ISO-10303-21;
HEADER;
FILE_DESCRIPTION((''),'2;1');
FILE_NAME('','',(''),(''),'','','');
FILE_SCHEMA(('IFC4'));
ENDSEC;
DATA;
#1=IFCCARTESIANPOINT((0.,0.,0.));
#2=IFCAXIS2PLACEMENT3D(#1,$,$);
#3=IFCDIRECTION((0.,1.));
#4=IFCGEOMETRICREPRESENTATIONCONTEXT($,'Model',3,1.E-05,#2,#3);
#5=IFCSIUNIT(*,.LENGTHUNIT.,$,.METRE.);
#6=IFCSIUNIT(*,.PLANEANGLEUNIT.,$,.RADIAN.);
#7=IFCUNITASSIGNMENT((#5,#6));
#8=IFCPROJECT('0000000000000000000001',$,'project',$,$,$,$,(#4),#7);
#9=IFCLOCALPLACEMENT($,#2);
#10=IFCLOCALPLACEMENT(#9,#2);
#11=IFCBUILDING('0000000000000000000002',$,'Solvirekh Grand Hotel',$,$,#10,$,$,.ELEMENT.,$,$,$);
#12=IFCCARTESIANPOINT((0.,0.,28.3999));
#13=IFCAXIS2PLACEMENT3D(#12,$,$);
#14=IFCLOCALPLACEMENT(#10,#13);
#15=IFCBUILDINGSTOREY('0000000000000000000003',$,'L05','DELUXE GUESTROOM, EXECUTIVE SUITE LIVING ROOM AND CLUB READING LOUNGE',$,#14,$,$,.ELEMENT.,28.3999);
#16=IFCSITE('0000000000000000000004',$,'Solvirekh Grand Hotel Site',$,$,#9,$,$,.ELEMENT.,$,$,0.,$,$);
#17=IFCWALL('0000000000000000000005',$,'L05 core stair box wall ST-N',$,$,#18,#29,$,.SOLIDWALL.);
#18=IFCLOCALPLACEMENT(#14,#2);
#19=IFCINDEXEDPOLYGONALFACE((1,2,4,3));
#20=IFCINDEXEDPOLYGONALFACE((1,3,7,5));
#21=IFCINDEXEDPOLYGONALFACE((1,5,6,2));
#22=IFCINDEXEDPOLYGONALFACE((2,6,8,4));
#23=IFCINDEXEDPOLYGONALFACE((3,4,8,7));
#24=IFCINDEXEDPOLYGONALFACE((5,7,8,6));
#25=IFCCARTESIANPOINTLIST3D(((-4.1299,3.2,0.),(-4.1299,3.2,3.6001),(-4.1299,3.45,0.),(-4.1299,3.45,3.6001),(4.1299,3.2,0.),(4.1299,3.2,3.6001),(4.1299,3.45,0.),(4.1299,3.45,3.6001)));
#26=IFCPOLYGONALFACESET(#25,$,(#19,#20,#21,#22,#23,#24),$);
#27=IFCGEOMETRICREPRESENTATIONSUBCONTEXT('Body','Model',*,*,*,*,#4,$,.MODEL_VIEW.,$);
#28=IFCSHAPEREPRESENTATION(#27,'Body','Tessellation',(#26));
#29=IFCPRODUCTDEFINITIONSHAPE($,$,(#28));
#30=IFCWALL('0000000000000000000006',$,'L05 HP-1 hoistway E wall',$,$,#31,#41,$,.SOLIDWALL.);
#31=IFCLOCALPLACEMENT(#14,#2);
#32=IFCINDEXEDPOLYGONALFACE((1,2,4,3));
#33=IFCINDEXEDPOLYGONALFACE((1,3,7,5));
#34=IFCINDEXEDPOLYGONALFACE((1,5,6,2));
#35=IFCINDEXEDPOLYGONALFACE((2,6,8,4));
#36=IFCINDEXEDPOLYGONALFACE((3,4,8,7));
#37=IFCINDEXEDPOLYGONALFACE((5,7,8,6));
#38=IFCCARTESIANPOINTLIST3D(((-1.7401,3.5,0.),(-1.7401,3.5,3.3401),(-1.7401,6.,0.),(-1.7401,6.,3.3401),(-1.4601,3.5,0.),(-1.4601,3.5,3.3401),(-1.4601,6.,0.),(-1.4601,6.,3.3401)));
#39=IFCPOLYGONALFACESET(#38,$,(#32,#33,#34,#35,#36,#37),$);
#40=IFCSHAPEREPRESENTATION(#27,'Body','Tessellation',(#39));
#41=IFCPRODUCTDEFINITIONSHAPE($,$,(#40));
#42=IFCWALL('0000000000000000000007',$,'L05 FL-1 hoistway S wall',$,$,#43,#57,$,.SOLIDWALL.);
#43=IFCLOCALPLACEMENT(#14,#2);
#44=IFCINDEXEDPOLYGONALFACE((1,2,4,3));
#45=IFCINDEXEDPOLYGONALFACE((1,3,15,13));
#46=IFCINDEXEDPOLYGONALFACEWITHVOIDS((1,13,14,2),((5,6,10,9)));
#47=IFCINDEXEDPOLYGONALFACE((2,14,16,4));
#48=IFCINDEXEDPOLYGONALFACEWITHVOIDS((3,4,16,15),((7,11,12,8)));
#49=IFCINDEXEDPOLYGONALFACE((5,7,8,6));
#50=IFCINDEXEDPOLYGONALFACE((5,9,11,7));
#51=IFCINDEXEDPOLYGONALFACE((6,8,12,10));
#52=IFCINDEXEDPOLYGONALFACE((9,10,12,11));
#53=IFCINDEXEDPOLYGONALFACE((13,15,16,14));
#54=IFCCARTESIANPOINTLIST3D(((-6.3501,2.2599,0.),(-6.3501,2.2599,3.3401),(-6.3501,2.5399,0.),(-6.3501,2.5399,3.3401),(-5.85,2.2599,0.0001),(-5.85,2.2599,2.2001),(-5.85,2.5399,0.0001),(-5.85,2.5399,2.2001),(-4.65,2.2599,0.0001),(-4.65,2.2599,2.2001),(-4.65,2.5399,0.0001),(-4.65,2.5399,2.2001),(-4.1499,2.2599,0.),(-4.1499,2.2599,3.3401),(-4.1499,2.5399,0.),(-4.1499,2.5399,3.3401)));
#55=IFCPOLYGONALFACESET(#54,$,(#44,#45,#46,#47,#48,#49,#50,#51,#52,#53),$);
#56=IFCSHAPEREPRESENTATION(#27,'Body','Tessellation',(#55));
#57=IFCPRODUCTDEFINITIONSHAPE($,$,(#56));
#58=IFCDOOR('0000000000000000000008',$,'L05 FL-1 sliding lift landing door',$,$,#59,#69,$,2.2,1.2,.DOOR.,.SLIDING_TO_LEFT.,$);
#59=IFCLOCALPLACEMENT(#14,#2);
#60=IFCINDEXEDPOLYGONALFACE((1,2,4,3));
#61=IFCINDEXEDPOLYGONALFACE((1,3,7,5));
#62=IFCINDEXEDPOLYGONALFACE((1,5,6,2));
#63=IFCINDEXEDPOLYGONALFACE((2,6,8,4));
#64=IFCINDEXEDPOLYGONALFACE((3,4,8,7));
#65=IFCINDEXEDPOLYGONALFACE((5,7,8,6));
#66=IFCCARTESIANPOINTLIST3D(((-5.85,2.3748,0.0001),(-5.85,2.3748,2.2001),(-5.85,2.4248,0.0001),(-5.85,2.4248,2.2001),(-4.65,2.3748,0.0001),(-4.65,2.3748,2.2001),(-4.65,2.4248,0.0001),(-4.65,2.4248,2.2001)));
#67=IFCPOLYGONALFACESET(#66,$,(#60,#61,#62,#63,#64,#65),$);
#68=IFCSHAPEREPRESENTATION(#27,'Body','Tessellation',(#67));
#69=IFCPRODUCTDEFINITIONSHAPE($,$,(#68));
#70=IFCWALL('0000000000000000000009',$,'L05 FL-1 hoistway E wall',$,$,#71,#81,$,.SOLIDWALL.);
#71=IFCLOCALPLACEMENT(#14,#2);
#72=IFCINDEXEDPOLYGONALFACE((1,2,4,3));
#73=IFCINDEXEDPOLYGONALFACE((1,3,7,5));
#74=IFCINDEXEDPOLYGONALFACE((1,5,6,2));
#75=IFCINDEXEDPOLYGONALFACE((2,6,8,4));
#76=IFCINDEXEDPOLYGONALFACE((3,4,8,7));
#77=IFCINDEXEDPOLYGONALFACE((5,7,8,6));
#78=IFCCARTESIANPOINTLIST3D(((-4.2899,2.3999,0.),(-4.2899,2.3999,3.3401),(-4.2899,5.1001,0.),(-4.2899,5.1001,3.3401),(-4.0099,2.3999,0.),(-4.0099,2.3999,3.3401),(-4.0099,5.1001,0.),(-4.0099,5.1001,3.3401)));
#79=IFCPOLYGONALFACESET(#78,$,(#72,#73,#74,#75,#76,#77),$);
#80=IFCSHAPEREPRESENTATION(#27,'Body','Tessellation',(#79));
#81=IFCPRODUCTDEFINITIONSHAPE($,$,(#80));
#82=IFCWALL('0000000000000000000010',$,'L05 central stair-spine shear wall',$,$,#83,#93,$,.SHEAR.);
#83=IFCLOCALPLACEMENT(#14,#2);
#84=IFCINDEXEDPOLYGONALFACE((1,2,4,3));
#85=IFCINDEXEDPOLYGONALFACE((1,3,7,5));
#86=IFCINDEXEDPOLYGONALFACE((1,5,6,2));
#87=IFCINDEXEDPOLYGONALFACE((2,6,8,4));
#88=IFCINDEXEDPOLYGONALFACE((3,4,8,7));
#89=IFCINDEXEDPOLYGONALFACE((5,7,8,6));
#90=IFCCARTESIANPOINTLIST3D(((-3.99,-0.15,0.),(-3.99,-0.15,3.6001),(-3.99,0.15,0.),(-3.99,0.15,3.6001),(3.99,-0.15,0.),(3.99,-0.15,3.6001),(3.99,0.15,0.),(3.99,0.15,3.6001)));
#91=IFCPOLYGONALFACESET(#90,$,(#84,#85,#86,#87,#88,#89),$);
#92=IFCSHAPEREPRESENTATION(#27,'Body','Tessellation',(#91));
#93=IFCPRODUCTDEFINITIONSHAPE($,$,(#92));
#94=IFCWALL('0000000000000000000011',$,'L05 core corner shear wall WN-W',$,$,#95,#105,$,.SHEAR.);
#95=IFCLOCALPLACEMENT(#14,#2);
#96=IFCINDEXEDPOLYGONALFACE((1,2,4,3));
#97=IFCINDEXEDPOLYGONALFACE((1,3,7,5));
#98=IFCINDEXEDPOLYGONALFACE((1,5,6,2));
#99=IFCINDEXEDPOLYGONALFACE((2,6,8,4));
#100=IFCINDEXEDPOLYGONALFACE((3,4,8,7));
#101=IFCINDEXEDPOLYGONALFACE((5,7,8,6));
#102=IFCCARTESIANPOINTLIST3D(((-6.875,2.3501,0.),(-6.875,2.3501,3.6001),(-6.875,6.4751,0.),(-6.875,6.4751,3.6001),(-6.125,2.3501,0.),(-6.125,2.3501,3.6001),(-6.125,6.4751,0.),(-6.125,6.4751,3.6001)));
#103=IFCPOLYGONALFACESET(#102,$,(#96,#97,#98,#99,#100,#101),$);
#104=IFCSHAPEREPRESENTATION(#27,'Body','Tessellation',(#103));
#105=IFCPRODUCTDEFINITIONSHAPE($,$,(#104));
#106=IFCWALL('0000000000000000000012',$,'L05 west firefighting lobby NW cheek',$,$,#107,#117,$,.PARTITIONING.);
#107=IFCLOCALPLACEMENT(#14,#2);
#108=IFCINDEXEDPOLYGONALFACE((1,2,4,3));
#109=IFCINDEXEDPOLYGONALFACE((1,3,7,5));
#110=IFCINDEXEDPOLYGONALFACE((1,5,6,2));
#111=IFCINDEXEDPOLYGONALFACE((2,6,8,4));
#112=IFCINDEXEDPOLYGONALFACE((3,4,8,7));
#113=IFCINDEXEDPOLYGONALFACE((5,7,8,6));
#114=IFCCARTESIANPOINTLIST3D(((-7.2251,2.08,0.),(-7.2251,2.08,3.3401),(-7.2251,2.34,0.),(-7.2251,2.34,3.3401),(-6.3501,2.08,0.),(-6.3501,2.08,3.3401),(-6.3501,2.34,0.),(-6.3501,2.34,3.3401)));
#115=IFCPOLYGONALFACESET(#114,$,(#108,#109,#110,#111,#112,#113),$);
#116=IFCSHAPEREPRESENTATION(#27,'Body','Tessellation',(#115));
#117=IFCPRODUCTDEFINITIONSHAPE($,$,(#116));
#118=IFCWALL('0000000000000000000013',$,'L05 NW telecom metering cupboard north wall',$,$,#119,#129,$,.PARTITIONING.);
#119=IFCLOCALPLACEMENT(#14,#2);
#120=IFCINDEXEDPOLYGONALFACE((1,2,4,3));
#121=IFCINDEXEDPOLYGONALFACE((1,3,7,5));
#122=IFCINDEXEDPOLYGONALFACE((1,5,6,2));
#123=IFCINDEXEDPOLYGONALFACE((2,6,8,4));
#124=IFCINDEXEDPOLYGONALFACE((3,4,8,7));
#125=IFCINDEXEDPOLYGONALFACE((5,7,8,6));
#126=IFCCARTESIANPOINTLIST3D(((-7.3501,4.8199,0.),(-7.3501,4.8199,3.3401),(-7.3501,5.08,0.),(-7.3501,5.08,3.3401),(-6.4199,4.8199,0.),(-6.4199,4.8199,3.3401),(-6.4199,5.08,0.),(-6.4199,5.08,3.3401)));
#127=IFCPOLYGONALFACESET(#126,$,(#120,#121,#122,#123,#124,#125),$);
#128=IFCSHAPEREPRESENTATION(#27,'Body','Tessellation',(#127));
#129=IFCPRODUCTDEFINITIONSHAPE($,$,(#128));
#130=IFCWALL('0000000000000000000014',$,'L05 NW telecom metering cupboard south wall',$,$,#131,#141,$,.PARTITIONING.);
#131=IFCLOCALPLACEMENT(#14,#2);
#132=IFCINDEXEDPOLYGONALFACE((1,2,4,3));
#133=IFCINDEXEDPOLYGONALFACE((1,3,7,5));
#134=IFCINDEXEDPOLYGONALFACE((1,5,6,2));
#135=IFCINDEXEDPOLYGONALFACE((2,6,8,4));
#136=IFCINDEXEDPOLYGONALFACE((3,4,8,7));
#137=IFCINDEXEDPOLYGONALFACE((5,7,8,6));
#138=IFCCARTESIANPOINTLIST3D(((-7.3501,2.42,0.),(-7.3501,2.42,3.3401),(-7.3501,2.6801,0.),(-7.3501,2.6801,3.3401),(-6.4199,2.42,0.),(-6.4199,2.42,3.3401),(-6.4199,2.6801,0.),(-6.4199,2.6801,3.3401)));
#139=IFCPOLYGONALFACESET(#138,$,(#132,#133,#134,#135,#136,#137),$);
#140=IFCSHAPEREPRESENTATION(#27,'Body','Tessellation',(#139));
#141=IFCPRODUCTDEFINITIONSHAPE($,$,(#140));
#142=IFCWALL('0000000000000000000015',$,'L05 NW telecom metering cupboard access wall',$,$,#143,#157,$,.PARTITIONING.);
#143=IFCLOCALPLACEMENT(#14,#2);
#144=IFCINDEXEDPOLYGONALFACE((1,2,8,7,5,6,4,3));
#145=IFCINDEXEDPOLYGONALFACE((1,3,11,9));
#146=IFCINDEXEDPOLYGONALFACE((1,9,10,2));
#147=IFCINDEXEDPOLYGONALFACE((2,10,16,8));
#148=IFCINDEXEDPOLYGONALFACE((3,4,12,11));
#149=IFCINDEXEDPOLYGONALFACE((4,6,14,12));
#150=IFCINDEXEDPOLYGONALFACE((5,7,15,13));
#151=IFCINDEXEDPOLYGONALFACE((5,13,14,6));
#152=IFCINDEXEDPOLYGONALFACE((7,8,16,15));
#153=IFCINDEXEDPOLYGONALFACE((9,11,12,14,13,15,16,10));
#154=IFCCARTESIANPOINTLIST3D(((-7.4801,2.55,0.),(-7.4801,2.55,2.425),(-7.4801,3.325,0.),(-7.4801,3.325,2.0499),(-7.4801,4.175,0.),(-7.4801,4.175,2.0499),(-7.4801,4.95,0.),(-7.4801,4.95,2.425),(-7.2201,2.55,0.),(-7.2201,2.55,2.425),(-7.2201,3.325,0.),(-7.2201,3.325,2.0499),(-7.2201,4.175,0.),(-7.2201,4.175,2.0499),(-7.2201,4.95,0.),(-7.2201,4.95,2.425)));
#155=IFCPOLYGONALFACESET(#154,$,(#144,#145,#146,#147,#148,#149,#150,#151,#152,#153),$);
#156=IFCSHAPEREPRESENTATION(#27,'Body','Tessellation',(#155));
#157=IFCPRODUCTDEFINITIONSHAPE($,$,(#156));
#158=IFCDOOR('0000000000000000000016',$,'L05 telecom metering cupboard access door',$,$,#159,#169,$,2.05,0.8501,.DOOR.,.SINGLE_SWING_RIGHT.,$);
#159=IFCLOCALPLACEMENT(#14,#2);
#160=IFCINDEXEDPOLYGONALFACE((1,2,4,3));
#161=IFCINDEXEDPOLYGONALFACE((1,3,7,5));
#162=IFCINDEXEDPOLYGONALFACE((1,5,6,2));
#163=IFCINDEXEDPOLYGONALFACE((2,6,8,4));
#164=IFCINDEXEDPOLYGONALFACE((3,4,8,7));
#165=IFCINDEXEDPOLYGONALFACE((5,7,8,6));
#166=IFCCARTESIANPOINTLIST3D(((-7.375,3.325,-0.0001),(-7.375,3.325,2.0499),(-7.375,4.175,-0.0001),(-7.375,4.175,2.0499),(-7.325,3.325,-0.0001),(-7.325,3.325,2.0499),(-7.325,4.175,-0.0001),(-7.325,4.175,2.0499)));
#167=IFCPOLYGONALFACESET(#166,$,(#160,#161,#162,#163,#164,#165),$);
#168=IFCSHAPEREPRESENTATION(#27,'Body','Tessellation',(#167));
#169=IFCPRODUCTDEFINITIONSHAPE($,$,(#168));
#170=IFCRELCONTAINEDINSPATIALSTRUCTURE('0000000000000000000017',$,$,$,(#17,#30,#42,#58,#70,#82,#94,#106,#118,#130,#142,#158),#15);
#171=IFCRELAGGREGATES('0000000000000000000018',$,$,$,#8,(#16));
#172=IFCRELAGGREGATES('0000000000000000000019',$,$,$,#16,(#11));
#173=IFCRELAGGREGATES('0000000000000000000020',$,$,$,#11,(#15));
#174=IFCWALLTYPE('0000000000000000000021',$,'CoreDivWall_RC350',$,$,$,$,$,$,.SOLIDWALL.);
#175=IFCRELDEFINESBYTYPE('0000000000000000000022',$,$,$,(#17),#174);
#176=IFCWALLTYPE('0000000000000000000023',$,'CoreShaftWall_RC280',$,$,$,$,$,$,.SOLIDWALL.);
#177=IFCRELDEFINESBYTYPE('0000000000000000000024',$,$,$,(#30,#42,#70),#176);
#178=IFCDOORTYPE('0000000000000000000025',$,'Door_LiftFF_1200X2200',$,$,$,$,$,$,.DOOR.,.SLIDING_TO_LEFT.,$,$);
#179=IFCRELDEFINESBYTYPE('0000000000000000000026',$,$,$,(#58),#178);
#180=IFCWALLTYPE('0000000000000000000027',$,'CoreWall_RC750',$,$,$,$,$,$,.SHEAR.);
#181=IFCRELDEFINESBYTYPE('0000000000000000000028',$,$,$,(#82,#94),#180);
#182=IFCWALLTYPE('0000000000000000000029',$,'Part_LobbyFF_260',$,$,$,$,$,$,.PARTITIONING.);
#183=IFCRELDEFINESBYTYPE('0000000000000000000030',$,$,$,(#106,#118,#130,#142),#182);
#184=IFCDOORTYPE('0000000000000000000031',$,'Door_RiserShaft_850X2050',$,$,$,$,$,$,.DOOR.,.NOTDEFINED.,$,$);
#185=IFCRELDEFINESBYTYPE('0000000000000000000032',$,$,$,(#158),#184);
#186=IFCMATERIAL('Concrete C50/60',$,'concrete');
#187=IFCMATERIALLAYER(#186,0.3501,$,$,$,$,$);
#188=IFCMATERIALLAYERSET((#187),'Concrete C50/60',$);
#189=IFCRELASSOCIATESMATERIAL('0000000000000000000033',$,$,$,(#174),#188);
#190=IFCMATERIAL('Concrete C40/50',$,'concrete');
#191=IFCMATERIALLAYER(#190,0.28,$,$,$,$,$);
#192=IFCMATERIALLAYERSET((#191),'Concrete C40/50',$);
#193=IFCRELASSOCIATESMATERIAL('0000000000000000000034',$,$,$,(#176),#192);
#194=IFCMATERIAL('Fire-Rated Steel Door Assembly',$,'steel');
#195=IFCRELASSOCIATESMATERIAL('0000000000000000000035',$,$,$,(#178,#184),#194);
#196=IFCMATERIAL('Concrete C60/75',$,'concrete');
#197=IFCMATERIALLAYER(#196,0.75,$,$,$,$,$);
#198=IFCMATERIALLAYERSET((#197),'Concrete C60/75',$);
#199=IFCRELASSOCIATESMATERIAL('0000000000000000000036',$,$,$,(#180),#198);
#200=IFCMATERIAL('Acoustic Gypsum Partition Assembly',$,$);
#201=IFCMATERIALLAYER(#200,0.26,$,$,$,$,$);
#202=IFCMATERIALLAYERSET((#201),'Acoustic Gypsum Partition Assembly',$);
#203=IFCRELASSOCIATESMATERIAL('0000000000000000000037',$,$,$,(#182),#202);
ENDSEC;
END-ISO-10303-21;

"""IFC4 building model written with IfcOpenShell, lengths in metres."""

from ifc_helpers import new_model, si_unit, direction, frame, frame_2d, origin, place, context, subcontext, project, spatial, rectangle, extrude, material, layer, layer_set, type_object, element, fill, save


model = new_model("IFC4")

# Units and contexts
model_context = context("Model", 3, precision=1e-05, world=origin(), true_north=direction((0.0, 1.0)))
body_context = subcontext(model_context, "Body", "Model", "MODEL_VIEW")
ifc_project = project(units=[si_unit("LENGTHUNIT", "METRE"), si_unit("PLANEANGLEUNIT", "RADIAN")], contexts=[model_context])

# Site, building, storey
site_placement = place(None, origin())
site = spatial("IfcSite", under=ifc_project, at=site_placement, Name="Solvirekh Grand Hotel Site", CompositionType="ELEMENT", RefElevation=0.0)
building_placement = place(site_placement, origin())
building = spatial("IfcBuilding", under=site, at=building_placement, Name="Solvirekh Grand Hotel", CompositionType="ELEMENT")
storey_placement = place(building_placement, frame((0.0, 0.0, 28.3999)))
storey = spatial("IfcBuildingStorey", under=building, at=storey_placement, Name="L05", Description="DELUXE GUESTROOM, EXECUTIVE SUITE LIVING ROOM AND CLUB READING LOUNGE", CompositionType="ELEMENT", Elevation=28.3999)

# Shared definitions
ifc_material_1 = material(Name="Concrete C50/60", Category="concrete")

# Walls
ifc_layer_1 = layer(ifc_material_1, 0.3501)
ifc_layer_set_1 = layer_set([ifc_layer_1], Name="Concrete C50/60")
wall_type_1 = type_object("IfcWallType", Name="CoreDivWall_RC350", PredefinedType="SOLIDWALL", material=ifc_layer_set_1)
wall_1_placement = place(storey_placement, frame((-4.1299, 3.325, 0.0), z_axis=(0.0, 0.0, 1.0), x_axis=(1.0, 0.0, 0.0)))
element("IfcWall", 1, at=wall_1_placement, inside=storey, type_object=wall_type_1, Name="L05 core stair box wall ST-N", PredefinedType="SOLIDWALL", context=body_context, shape_type="SweptSolid", body=[
    extrude(rectangle(XDim=8.2598, YDim=0.25, at=frame_2d((4.1299, 0.0))), origin(), (0.0, 0.0, 1.0), 3.6001),
])
ifc_material_2 = material(Name="Concrete C40/50", Category="concrete")
ifc_layer_2 = layer(ifc_material_2, 0.28)
ifc_layer_set_2 = layer_set([ifc_layer_2], Name="Concrete C40/50")
wall_type_2 = type_object("IfcWallType", Name="CoreShaftWall_RC280", PredefinedType="SOLIDWALL", material=ifc_layer_set_2)
wall_2_placement = place(storey_placement, frame((-1.6001, 3.5, 0.0), z_axis=(0.0, 0.0, 1.0), x_axis=(0.0, 1.0, 0.0)))
element("IfcWall", 2, at=wall_2_placement, inside=storey, type_object=wall_type_2, Name="L05 HP-1 hoistway E wall", PredefinedType="SOLIDWALL", context=body_context, shape_type="SweptSolid", body=[
    extrude(rectangle(XDim=2.5, YDim=0.28, at=frame_2d((1.25, 0.0))), origin(), (0.0, 0.0, 1.0), 3.3401),
])

# Wall, opening, door
wall_3_placement = place(storey_placement, frame((-6.3501, 2.3999, 0.0), z_axis=(0.0, 0.0, 1.0), x_axis=(1.0, 0.0, 0.0)))
wall_3 = element("IfcWall", 3, at=wall_3_placement, inside=storey, type_object=wall_type_2, Name="L05 FL-1 hoistway S wall", PredefinedType="SOLIDWALL", context=body_context, shape_type="SweptSolid", body=[
    extrude(rectangle(XDim=2.2002, YDim=0.28, at=frame_2d((1.1001, 0.0))), origin(), (0.0, 0.0, 1.0), 3.3401),
])
opening_1_placement = place(wall_3_placement, frame((0.5, 0.0, 0.0)))
opening_1 = element("IfcOpeningElement", 4, at=opening_1_placement, cuts=wall_3, PredefinedType="OPENING", context=body_context, shape_type="SweptSolid", body=[
    extrude(rectangle(XDim=1.2, YDim=2.2, at=frame_2d((0.6001, 1.1001))), frame((0.0, 0.1499, 0.0), z_axis=(0.0, -1.0, 0.0), x_axis=(1.0, 0.0, 0.0)), (0.0, 0.0, 1.0), 0.3),
])
ifc_material_3 = material(Name="Fire-Rated Steel Door Assembly", Category="steel")
door_type_1 = type_object("IfcDoorType", Name="Door_LiftFF_1200X2200", OperationType="SLIDING_TO_LEFT", PredefinedType="DOOR", material=ifc_material_3)
door_1_placement = place(opening_1_placement, origin())
door_1 = element("IfcDoor", 5, at=door_1_placement, inside=storey, type_object=door_type_1, Name="L05 FL-1 sliding lift landing door", OperationType="SLIDING_TO_LEFT", OverallHeight=2.2, OverallWidth=1.2, PredefinedType="DOOR", context=body_context, shape_type="SweptSolid", body=[
    extrude(rectangle(XDim=1.2, YDim=2.2, at=frame_2d((0.6001, 1.1001))), frame((0.0, 0.0249, 0.0), z_axis=(0.0, -1.0, 0.0), x_axis=(1.0, 0.0, 0.0)), (0.0, 0.0, 1.0), 0.05),
])
fill(opening_1, door_1)

# Walls
wall_4_placement = place(storey_placement, frame((-4.1499, 2.3999, 0.0), z_axis=(0.0, 0.0, 1.0), x_axis=(0.0, 1.0, 0.0)))
element("IfcWall", 6, at=wall_4_placement, inside=storey, type_object=wall_type_2, Name="L05 FL-1 hoistway E wall", PredefinedType="SOLIDWALL", context=body_context, shape_type="SweptSolid", body=[
    extrude(rectangle(XDim=2.7002, YDim=0.28, at=frame_2d((1.3501, 0.0))), origin(), (0.0, 0.0, 1.0), 3.3401),
])
ifc_material_4 = material(Name="Concrete C60/75", Category="concrete")
ifc_layer_3 = layer(ifc_material_4, 0.75)
ifc_layer_set_3 = layer_set([ifc_layer_3], Name="Concrete C60/75")
wall_type_3 = type_object("IfcWallType", Name="CoreWall_RC750", PredefinedType="SHEAR", material=ifc_layer_set_3)
wall_5_placement = place(storey_placement, frame((-3.99, 0.0, 0.0), z_axis=(0.0, 0.0, 1.0), x_axis=(1.0, 0.0, 0.0)))
element("IfcWall", 7, at=wall_5_placement, inside=storey, type_object=wall_type_3, Name="L05 central stair-spine shear wall", PredefinedType="SHEAR", context=body_context, shape_type="SweptSolid", body=[
    extrude(rectangle(XDim=7.98, YDim=0.3, at=frame_2d((3.99, 0.0))), origin(), (0.0, 0.0, 1.0), 3.6001),
])
wall_6_placement = place(storey_placement, frame((-6.5, 2.3501, 0.0), z_axis=(0.0, 0.0, 1.0), x_axis=(0.0, 1.0, 0.0)))
element("IfcWall", 8, at=wall_6_placement, inside=storey, type_object=wall_type_3, Name="L05 core corner shear wall WN-W", PredefinedType="SHEAR", context=body_context, shape_type="SweptSolid", body=[
    extrude(rectangle(XDim=4.125, YDim=0.75, at=frame_2d((2.0625, 0.0))), origin(), (0.0, 0.0, 1.0), 3.6001),
])
ifc_material_5 = material(Name="Acoustic Gypsum Partition Assembly")
ifc_layer_4 = layer(ifc_material_5, 0.26)
ifc_layer_set_4 = layer_set([ifc_layer_4], Name="Acoustic Gypsum Partition Assembly")
wall_type_4 = type_object("IfcWallType", Name="Part_LobbyFF_260", PredefinedType="PARTITIONING", material=ifc_layer_set_4)
wall_7_placement = place(storey_placement, frame((-7.2251, 2.21, 0.0), z_axis=(0.0, 0.0, 1.0), x_axis=(1.0, 0.0, 0.0)))
element("IfcWall", 9, at=wall_7_placement, inside=storey, type_object=wall_type_4, Name="L05 west firefighting lobby NW cheek", PredefinedType="PARTITIONING", context=body_context, shape_type="SweptSolid", body=[
    extrude(rectangle(XDim=0.875, YDim=0.26, at=frame_2d((0.4375, 0.0))), origin(), (0.0, 0.0, 1.0), 3.3401),
])
for number, where, z_axis, x_axis, name in (
    (10, (-7.3501, 4.95, 0.0), (0.0, 0.0, 1.0), (1.0, 0.0, 0.0), "L05 NW telecom metering cupboard north wall"),
    (11, (-7.3501, 2.55, 0.0), (0.0, 0.0, 1.0), (1.0, 0.0, 0.0), "L05 NW telecom metering cupboard south wall"),
):
    element("IfcWall", number, at=place(storey_placement, frame(where, z_axis=z_axis, x_axis=x_axis)), inside=storey, type_object=wall_type_4, Name=name, PredefinedType="PARTITIONING", context=body_context, shape_type="SweptSolid", body=[
        extrude(rectangle(XDim=0.9302, YDim=0.26, at=frame_2d((0.4651, 0.0))), origin(), (0.0, 0.0, 1.0), 3.3401),
    ])

# Wall, opening, door
wall_8_placement = place(storey_placement, frame((-7.3501, 2.55, 0.0), z_axis=(0.0, 0.0, 1.0), x_axis=(0.0, 1.0, 0.0)))
wall_8 = element("IfcWall", 12, at=wall_8_placement, inside=storey, type_object=wall_type_4, Name="L05 NW telecom metering cupboard access wall", PredefinedType="PARTITIONING", context=body_context, shape_type="SweptSolid", body=[
    extrude(rectangle(XDim=2.3999, YDim=0.26, at=frame_2d((1.2, 0.0))), origin(), (0.0, 0.0, 1.0), 2.425),
])
opening_2_placement = place(wall_8_placement, frame((0.7749, 0.0, 0.0)))
opening_2 = element("IfcOpeningElement", 13, at=opening_2_placement, cuts=wall_8, PredefinedType="OPENING", context=body_context, shape_type="SweptSolid", body=[
    extrude(rectangle(XDim=0.8501, YDim=2.05, at=frame_2d((0.425, 1.0249))), frame((0.0, 0.1401, 0.0), z_axis=(0.0, -1.0, 0.0), x_axis=(1.0, 0.0, 0.0)), (0.0, 0.0, 1.0), 0.28),
])
door_type_2 = type_object("IfcDoorType", Name="Door_RiserShaft_850X2050", OperationType="NOTDEFINED", PredefinedType="DOOR", material=ifc_material_3)
door_2_placement = place(opening_2_placement, origin())
door_2 = element("IfcDoor", 14, at=door_2_placement, inside=storey, type_object=door_type_2, Name="L05 telecom metering cupboard access door", OperationType="SINGLE_SWING_RIGHT", OverallHeight=2.05, OverallWidth=0.8501, PredefinedType="DOOR", context=body_context, shape_type="SweptSolid", body=[
    extrude(rectangle(XDim=0.8501, YDim=2.05, at=frame_2d((0.425, 1.0249))), frame((0.0, 0.0249, 0.0), z_axis=(0.0, -1.0, 0.0), x_axis=(1.0, 0.0, 0.0)), (0.0, 0.0, 1.0), 0.05),
])
fill(opening_2, door_2)

save(model, "model.ifc")
